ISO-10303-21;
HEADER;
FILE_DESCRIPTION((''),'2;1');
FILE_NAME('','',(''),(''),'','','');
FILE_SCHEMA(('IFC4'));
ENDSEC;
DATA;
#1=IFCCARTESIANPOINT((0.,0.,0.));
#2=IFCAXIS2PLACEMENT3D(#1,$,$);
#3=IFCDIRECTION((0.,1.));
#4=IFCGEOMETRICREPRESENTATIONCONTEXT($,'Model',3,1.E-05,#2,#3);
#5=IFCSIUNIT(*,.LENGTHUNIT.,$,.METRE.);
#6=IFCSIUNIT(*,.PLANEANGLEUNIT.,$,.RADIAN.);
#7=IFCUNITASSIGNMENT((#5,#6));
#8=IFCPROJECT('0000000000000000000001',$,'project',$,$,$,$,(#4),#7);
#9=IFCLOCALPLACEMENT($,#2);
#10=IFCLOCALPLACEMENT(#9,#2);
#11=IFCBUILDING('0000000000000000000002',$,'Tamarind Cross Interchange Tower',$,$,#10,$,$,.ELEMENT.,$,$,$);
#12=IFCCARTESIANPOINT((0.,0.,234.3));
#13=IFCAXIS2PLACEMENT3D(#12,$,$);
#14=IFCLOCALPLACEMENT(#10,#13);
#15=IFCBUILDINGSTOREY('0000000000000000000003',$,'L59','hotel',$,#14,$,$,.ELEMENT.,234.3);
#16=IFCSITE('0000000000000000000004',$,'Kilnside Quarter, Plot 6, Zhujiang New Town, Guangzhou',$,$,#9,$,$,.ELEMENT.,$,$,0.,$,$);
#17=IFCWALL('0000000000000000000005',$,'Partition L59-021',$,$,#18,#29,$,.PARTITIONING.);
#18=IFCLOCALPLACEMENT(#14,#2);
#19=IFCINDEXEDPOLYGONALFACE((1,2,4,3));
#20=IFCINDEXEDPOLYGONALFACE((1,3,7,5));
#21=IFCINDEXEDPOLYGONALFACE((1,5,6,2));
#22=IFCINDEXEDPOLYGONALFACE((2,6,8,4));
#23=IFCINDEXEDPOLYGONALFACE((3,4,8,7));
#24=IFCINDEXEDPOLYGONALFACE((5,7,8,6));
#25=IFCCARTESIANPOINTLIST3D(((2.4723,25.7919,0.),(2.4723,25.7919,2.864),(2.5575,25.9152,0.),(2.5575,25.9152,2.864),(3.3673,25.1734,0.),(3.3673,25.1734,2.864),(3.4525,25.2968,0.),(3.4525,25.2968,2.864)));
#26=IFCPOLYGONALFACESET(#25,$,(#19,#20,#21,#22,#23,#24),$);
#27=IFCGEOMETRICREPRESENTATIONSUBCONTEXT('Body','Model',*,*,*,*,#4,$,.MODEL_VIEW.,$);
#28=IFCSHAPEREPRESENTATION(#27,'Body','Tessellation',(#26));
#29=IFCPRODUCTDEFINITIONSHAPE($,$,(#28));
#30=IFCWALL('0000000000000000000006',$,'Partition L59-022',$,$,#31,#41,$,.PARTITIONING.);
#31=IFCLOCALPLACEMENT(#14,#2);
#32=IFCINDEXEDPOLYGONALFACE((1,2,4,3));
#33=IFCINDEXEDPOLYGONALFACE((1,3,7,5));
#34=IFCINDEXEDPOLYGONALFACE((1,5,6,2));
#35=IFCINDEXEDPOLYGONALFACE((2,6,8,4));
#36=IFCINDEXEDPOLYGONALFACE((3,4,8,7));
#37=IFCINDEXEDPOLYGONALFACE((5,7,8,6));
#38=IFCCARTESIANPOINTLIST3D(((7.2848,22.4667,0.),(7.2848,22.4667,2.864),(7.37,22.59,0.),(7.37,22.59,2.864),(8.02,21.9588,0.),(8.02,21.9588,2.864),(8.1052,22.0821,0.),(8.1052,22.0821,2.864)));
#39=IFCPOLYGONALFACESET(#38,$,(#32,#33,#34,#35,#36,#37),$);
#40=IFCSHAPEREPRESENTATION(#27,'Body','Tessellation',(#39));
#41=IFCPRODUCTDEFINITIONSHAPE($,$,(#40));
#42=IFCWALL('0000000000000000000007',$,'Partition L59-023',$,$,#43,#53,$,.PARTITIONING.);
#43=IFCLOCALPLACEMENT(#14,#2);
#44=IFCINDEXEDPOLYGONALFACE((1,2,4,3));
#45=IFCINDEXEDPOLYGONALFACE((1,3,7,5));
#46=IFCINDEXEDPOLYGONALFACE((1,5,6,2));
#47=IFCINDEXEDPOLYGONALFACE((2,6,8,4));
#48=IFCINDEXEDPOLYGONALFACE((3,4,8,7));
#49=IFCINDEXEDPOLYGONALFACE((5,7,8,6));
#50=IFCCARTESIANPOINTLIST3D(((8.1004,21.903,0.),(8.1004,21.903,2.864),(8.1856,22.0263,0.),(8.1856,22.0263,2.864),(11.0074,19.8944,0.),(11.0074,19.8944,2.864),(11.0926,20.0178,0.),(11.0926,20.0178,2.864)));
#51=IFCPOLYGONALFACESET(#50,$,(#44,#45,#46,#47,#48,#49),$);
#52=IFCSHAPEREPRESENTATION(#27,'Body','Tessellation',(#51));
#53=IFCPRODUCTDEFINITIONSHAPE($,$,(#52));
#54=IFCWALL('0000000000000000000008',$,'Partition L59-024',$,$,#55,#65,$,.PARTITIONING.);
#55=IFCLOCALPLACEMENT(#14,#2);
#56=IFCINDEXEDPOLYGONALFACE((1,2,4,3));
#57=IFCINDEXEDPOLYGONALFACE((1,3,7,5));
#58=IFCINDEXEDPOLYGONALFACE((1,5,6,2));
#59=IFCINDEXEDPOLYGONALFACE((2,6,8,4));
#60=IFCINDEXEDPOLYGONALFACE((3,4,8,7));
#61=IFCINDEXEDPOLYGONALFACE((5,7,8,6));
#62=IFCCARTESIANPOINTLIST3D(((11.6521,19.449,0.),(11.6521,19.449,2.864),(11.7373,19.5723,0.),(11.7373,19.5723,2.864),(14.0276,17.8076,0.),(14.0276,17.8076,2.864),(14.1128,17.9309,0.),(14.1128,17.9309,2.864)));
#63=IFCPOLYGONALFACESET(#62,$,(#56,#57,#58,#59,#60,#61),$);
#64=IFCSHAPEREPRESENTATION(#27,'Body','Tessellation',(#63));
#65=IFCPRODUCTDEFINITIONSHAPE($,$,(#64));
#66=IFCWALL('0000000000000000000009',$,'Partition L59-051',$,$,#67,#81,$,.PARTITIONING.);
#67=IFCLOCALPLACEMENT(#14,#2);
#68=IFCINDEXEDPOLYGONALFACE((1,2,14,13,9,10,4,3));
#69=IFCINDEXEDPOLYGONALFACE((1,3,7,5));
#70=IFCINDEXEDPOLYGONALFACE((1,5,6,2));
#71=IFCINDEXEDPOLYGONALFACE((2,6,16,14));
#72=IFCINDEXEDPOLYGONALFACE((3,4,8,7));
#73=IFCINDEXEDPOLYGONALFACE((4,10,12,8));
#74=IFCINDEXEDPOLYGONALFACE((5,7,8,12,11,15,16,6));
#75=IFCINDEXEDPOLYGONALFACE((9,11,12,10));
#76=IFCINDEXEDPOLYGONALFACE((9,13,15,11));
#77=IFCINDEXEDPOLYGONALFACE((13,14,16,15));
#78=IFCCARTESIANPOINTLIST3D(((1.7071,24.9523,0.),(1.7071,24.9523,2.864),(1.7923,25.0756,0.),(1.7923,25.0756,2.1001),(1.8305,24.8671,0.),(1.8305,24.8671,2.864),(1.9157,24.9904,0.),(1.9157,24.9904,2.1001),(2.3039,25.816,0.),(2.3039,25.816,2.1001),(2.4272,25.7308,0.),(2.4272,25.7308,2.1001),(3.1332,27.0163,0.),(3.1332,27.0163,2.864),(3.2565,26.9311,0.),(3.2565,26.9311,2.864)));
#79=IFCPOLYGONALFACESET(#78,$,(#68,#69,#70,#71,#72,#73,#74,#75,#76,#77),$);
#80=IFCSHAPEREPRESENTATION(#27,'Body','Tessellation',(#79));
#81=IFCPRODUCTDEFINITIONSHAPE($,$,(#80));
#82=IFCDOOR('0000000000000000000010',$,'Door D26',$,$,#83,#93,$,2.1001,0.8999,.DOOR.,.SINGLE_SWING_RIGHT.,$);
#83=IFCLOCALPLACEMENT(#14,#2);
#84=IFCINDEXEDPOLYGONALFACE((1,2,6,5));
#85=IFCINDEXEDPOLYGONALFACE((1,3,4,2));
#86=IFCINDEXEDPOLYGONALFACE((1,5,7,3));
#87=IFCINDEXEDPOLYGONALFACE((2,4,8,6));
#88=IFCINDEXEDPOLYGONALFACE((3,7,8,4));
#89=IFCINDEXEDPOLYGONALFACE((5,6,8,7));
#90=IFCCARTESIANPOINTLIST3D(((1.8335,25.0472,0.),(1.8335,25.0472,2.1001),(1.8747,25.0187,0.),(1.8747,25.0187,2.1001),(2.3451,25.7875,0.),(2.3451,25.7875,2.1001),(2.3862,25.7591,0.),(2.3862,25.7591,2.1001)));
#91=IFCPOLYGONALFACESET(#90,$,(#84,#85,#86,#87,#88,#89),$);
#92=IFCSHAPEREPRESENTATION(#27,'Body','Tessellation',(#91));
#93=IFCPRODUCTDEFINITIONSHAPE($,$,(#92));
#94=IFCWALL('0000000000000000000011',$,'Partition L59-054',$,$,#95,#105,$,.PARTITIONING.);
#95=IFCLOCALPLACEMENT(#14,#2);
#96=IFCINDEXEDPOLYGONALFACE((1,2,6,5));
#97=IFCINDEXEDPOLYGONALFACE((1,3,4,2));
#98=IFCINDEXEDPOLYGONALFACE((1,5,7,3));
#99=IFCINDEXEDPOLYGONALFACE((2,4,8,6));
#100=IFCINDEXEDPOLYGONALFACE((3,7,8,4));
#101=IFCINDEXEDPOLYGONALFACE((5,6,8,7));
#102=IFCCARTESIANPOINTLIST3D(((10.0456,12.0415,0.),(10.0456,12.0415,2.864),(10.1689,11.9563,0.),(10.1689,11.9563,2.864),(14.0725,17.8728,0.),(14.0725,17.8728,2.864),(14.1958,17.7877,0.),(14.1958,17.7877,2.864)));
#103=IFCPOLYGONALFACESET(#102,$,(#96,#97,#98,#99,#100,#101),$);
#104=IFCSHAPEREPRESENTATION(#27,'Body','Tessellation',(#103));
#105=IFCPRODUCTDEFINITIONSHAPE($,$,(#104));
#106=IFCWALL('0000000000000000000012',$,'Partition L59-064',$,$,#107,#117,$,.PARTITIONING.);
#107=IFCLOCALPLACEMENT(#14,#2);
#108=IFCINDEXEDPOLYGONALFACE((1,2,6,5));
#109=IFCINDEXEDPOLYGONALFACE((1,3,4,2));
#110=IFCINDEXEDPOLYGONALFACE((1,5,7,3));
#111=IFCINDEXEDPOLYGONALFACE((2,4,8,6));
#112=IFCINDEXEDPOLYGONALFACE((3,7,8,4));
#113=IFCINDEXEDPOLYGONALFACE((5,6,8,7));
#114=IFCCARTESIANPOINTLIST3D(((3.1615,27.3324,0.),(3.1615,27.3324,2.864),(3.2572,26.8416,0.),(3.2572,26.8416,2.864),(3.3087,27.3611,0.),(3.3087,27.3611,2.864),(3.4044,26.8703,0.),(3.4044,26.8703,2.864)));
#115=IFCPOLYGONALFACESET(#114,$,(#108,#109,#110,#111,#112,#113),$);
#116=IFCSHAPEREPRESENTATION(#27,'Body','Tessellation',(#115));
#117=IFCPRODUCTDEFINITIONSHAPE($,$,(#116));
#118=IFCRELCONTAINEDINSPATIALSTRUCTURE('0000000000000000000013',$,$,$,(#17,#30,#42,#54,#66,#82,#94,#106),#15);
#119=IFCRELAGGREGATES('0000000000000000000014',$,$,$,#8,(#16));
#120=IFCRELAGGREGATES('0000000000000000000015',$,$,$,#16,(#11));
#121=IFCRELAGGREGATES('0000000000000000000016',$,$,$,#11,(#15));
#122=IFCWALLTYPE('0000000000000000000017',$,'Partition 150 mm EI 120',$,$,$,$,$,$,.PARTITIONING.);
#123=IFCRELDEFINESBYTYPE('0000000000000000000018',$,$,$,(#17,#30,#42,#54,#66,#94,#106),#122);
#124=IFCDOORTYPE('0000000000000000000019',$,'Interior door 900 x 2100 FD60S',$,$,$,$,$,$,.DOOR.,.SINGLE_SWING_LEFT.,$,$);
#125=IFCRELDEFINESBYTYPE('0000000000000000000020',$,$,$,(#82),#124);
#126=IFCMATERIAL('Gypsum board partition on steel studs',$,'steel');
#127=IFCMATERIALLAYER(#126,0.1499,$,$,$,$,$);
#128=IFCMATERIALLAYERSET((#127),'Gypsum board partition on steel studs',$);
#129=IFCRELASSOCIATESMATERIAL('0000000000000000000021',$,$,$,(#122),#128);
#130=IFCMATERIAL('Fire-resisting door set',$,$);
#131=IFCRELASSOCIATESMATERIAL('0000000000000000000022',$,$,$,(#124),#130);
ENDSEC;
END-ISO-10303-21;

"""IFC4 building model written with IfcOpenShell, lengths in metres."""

from ifc_helpers import new_model, si_unit, direction, frame, frame_2d, origin, place, context, subcontext, project, spatial, rectangle, extrude, material, layer, layer_set, type_object, element, fill, save


model = new_model("IFC4")

# Units and contexts
model_context = context("Model", 3, precision=1e-05, world=origin(), true_north=direction((0.0, 1.0)))
body_context = subcontext(model_context, "Body", "Model", "MODEL_VIEW")
ifc_project = project(units=[si_unit("LENGTHUNIT", "METRE"), si_unit("PLANEANGLEUNIT", "RADIAN")], contexts=[model_context])

# Site, building, storey
site_placement = place(None, origin())
site = spatial("IfcSite", under=ifc_project, at=site_placement, Name="Kilnside Quarter, Plot 6, Zhujiang New Town, Guangzhou", CompositionType="ELEMENT", RefElevation=0.0)
building_placement = place(site_placement, origin())
building = spatial("IfcBuilding", under=site, at=building_placement, Name="Tamarind Cross Interchange Tower", CompositionType="ELEMENT")
storey_placement = place(building_placement, frame((0.0, 0.0, 234.3)))
storey = spatial("IfcBuildingStorey", under=building, at=storey_placement, Name="L59", Description="hotel", CompositionType="ELEMENT", Elevation=234.3)

# Walls
ifc_material_1 = material(Name="Gypsum board partition on steel studs", Category="steel")
ifc_layer_1 = layer(ifc_material_1, 0.1499)
ifc_layer_set_1 = layer_set([ifc_layer_1], Name="Gypsum board partition on steel studs")
wall_type = type_object("IfcWallType", Name="Partition 150 mm EI 120", PredefinedType="PARTITIONING", material=ifc_layer_set_1)
wall_1_placement = place(storey_placement, frame((2.5149, 25.8535, 0.0), z_axis=(0.0, 0.0, 1.0), x_axis=(0.822717, -0.568451, 0.0)))
element("IfcWall", 1, at=wall_1_placement, inside=storey, type_object=wall_type, Name="Partition L59-021", PredefinedType="PARTITIONING", context=body_context, shape_type="SweptSolid", body=[
    extrude(rectangle(XDim=1.0879, YDim=0.1499, at=frame_2d((0.5439, 0.0))), origin(), (0.0, 0.0, 1.0), 2.864),
])
wall_2_placement = place(storey_placement, frame((7.3274, 22.5283, 0.0), z_axis=(0.0, 0.0, 1.0), x_axis=(0.822772, -0.568371, 0.0)))
element("IfcWall", 2, at=wall_2_placement, inside=storey, type_object=wall_type, Name="Partition L59-022", PredefinedType="PARTITIONING", context=body_context, shape_type="SweptSolid", body=[
    extrude(rectangle(XDim=0.8936, YDim=0.1499, at=frame_2d((0.4468, 0.0))), origin(), (0.0, 0.0, 1.0), 2.864),
])
wall_3_placement = place(storey_placement, frame((8.1431, 21.9646, 0.0), z_axis=(0.0, 0.0, 1.0), x_axis=(0.822719, -0.568448, 0.0)))
element("IfcWall", 3, at=wall_3_placement, inside=storey, type_object=wall_type, Name="Partition L59-023", PredefinedType="PARTITIONING", context=body_context, shape_type="SweptSolid", body=[
    extrude(rectangle(XDim=3.5334, YDim=0.1499, at=frame_2d((1.7666, 0.0))), origin(), (0.0, 0.0, 1.0), 2.864),
])
wall_4_placement = place(storey_placement, frame((11.6946, 19.5107, 0.0), z_axis=(0.0, 0.0, 1.0), x_axis=(0.822712, -0.568458, 0.0)))
element("IfcWall", 4, at=wall_4_placement, inside=storey, type_object=wall_type, Name="Partition L59-024", PredefinedType="PARTITIONING", context=body_context, shape_type="SweptSolid", body=[
    extrude(rectangle(XDim=2.8875, YDim=0.1499, at=frame_2d((1.4438, 0.0))), origin(), (0.0, 0.0, 1.0), 2.864),
])

# Wall, opening, door
wall_5_placement = place(storey_placement, frame((1.7688, 24.9097, 0.0), z_axis=(0.0, 0.0, 1.0), x_axis=(0.568435, 0.822728, 0.0)))
wall_5 = element("IfcWall", 5, at=wall_5_placement, inside=storey, type_object=wall_type, Name="Partition L59-051", PredefinedType="PARTITIONING", context=body_context, shape_type="SweptSolid", body=[
    extrude(rectangle(XDim=2.5088, YDim=0.1499, at=frame_2d((1.2544, 0.0))), origin(), (0.0, 0.0, 1.0), 2.864),
])
opening_placement = place(wall_5_placement, frame((0.1499, 0.0, 0.0)))
opening = element("IfcOpeningElement", 6, at=opening_placement, cuts=wall_5, PredefinedType="OPENING", context=body_context, shape_type="SweptSolid", body=[
    extrude(rectangle(XDim=0.8999, YDim=2.1001, at=frame_2d((0.45, 1.05))), frame((0.0, 0.085, 0.0), z_axis=(0.0, -1.0, 0.0), x_axis=(1.0, 0.0, 0.0)), (0.0, 0.0, 1.0), 0.1699),
])
ifc_material_2 = material(Name="Fire-resisting door set")
door_type = type_object("IfcDoorType", Name="Interior door 900 x 2100 FD60S", OperationType="SINGLE_SWING_LEFT", PredefinedType="DOOR", material=ifc_material_2)
door_placement = place(opening_placement, origin())
door = element("IfcDoor", 7, at=door_placement, inside=storey, type_object=door_type, Name="Door D26", OperationType="SINGLE_SWING_RIGHT", OverallHeight=2.1001, OverallWidth=0.8999, PredefinedType="DOOR", context=body_context, shape_type="SweptSolid", body=[
    extrude(rectangle(XDim=0.8999, YDim=2.1001, at=frame_2d((0.45, 1.05))), frame((0.0, 0.0249, 0.0), z_axis=(0.0, -1.0, 0.0), x_axis=(1.0, 0.0, 0.0)), (0.0, 0.0, 1.0), 0.05),
])
fill(opening, door)

# Walls
wall_6_placement = place(storey_placement, frame((10.1072, 11.9988, 0.0), z_axis=(0.0, 0.0, 1.0), x_axis=(0.568237, 0.822865, 0.0)))
element("IfcWall", 8, at=wall_6_placement, inside=storey, type_object=wall_type, Name="Partition L59-054", PredefinedType="PARTITIONING", context=body_context, shape_type="SweptSolid", body=[
    extrude(rectangle(XDim=7.0867, YDim=0.1499, at=frame_2d((3.5435, 0.0))), origin(), (0.0, 0.0, 1.0), 2.864),
])
wall_7_placement = place(storey_placement, frame((3.3308, 26.856, 0.0), z_axis=(0.0, 0.0, 1.0), x_axis=(-0.191419, 0.981508, 0.0)))
element("IfcWall", 9, at=wall_7_placement, inside=storey, type_object=wall_type, Name="Partition L59-064", PredefinedType="PARTITIONING", context=body_context, shape_type="SweptSolid", body=[
    extrude(rectangle(XDim=0.5, YDim=0.1499, at=frame_2d((0.25, 0.0))), origin(), (0.0, 0.0, 1.0), 2.864),
])

save(model, "model.ifc")
